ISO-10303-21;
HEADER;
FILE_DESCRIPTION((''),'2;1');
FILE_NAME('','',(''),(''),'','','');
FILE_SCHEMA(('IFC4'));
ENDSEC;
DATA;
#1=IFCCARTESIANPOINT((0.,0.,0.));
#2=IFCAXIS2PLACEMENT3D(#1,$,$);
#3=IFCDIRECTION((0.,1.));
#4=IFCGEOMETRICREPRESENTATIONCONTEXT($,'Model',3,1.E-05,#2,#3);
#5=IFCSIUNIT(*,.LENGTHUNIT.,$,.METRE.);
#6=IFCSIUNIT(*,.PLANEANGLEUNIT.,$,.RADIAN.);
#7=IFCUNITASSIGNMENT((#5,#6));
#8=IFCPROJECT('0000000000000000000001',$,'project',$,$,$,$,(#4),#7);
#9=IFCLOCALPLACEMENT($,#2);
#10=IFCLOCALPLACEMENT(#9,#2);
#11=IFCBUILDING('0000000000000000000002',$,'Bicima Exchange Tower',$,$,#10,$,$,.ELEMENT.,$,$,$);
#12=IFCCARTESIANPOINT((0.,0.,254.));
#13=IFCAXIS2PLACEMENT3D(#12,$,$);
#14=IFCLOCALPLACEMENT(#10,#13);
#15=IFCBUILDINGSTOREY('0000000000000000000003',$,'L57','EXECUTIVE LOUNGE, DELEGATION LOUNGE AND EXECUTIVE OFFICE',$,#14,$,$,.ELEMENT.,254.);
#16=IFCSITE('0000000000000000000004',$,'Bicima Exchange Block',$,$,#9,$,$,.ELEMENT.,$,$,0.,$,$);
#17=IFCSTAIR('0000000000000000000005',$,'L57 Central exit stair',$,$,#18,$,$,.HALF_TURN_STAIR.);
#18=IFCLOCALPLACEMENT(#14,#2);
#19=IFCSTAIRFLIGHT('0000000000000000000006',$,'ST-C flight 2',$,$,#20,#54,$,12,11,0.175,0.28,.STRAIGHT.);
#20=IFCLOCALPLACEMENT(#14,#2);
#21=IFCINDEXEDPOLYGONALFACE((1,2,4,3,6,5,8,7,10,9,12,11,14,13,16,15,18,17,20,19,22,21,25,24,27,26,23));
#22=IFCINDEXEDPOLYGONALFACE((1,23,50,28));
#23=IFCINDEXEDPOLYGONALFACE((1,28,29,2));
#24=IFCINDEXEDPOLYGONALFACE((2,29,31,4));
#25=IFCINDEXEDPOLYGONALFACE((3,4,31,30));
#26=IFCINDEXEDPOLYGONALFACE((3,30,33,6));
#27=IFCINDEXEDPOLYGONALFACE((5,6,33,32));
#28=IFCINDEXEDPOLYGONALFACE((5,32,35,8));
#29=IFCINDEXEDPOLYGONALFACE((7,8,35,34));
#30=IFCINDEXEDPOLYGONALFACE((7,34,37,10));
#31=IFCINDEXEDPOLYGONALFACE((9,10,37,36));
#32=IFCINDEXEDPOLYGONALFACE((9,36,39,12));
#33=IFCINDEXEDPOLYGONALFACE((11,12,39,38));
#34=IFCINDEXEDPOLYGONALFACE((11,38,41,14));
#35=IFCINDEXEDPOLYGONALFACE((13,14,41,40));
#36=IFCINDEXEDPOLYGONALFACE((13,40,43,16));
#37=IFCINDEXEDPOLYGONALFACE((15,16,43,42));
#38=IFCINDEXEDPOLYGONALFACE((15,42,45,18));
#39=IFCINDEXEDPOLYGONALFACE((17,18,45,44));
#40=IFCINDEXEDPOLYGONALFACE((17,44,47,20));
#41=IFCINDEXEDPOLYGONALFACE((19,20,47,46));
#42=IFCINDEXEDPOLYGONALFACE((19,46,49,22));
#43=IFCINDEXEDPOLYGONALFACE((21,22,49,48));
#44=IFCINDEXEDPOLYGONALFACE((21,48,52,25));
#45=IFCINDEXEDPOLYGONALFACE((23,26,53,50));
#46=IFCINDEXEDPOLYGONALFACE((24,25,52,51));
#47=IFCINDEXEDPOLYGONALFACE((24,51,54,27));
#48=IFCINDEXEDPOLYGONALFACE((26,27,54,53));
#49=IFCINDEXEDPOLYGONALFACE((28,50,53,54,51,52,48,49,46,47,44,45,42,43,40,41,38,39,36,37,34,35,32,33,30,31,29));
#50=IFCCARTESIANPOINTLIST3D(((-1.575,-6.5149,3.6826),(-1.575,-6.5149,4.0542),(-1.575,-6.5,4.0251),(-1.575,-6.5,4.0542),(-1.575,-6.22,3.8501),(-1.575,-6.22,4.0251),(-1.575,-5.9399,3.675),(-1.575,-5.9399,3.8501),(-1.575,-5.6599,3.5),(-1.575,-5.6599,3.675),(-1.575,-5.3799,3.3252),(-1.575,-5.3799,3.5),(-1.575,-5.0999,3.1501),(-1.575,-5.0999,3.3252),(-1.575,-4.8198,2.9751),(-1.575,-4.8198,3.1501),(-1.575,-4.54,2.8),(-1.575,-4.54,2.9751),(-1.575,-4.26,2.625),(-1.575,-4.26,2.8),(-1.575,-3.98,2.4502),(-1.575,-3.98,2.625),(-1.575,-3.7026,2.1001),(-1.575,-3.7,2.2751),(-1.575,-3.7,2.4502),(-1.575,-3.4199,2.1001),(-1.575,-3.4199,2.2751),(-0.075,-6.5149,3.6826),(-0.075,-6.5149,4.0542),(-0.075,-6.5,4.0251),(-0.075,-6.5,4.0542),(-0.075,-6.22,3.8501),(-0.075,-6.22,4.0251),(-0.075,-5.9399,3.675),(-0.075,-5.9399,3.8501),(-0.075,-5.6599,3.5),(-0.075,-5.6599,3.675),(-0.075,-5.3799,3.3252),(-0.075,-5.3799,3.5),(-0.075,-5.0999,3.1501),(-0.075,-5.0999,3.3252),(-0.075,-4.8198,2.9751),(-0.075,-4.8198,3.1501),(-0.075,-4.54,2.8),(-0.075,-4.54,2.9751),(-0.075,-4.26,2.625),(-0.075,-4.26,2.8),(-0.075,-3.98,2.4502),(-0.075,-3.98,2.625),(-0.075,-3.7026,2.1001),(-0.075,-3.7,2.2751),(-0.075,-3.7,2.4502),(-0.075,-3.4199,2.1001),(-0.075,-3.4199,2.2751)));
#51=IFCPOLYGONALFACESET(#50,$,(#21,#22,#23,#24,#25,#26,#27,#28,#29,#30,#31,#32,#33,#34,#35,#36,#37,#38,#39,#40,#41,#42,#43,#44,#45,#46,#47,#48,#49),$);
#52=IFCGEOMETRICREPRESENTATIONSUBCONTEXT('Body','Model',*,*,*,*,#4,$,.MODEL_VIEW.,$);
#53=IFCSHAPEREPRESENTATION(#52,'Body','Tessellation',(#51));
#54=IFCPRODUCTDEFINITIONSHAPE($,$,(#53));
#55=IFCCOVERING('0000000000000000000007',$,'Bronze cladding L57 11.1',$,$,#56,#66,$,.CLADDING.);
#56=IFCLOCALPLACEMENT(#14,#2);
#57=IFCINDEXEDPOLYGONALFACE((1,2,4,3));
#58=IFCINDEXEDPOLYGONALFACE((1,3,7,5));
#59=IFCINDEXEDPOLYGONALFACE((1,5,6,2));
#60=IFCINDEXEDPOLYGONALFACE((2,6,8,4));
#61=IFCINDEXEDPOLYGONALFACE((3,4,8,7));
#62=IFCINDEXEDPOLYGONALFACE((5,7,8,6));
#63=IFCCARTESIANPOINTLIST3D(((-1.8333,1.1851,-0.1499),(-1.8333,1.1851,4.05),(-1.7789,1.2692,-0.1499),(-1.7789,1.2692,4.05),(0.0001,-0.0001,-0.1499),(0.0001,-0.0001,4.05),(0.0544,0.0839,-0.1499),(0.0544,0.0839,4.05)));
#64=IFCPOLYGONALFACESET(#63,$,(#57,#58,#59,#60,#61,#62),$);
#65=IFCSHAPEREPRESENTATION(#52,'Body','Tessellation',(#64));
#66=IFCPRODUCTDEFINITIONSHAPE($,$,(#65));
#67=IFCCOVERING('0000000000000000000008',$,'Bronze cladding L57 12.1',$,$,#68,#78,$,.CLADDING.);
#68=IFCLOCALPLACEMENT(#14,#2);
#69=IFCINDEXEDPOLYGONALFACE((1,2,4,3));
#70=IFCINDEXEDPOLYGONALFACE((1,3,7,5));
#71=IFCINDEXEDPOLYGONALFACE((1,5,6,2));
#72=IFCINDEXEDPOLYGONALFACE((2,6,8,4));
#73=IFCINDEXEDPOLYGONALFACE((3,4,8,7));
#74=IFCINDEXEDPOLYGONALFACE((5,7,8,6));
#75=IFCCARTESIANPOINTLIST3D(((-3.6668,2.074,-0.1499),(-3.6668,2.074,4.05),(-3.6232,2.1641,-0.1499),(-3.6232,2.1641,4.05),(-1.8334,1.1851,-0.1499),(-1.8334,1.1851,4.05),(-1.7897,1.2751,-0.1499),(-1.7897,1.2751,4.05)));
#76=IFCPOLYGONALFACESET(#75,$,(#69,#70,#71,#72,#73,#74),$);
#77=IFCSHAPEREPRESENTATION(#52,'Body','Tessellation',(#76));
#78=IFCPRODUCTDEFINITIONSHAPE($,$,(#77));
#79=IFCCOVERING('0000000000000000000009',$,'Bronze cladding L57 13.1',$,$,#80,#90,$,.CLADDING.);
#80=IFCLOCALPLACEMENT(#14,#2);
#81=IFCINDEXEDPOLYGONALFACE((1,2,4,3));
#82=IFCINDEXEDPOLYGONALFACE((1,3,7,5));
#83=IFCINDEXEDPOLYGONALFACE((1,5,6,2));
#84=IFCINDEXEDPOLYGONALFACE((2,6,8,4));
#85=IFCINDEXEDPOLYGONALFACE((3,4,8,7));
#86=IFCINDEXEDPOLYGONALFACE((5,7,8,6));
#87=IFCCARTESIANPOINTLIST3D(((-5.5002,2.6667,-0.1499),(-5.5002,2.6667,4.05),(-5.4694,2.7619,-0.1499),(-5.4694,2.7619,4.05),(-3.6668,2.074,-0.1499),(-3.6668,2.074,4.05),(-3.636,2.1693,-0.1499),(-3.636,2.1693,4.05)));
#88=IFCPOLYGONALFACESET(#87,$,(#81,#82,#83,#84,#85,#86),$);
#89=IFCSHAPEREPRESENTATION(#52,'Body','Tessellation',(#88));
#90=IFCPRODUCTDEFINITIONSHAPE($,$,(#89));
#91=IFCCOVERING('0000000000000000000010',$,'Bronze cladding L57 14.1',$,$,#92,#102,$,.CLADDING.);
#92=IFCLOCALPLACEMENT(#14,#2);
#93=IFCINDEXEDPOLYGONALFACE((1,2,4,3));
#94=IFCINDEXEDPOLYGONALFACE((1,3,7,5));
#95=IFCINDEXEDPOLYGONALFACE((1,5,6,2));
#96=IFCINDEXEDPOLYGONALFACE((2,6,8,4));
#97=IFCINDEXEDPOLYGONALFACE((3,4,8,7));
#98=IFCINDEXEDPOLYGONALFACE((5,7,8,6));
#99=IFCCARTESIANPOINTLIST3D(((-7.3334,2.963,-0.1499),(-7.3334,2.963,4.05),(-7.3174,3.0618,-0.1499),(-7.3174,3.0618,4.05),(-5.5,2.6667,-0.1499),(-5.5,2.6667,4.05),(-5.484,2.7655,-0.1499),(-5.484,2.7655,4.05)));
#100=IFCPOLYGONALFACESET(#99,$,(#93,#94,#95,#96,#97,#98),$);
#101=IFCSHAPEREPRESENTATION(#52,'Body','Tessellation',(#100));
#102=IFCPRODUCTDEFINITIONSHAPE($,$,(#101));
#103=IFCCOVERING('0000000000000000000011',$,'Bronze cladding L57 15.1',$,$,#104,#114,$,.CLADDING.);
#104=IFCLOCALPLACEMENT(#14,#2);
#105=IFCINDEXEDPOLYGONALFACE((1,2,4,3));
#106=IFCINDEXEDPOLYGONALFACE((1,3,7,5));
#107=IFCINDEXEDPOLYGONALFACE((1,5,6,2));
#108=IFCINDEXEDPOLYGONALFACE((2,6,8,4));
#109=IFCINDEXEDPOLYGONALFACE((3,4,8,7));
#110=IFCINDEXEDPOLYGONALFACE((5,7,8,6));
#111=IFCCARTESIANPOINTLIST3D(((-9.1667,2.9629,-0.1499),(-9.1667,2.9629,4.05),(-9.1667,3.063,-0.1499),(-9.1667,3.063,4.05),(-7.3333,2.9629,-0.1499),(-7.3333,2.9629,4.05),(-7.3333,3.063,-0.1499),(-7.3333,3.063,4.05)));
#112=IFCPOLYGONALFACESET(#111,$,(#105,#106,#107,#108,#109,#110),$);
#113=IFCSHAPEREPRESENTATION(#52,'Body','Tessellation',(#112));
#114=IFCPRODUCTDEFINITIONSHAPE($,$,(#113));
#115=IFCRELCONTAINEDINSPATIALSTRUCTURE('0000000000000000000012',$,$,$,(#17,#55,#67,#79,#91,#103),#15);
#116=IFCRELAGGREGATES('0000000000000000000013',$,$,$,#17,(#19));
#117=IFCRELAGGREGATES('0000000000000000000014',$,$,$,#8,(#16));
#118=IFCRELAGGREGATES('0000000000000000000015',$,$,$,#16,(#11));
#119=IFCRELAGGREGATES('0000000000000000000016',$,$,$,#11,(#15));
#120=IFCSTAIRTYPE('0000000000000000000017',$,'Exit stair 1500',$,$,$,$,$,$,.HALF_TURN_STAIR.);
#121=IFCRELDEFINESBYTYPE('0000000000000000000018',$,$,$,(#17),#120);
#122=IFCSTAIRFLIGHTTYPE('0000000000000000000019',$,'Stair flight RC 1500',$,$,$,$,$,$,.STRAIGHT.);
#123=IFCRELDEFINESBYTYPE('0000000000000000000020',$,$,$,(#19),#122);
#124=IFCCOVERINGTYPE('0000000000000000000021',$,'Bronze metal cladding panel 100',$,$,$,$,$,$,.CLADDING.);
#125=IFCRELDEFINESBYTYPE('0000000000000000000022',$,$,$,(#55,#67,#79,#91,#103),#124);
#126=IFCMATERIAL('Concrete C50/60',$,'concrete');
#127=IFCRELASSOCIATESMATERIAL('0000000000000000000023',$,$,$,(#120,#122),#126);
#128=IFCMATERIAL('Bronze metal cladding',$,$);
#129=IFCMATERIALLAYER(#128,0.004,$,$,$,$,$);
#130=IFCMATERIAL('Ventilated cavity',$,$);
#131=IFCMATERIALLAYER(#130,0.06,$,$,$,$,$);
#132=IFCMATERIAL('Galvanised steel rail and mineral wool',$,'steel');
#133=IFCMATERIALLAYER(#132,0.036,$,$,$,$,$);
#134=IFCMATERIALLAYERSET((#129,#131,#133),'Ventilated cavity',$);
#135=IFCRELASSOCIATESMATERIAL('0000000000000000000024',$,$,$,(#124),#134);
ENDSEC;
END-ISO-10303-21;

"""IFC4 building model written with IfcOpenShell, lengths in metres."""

from ifc_helpers import new_model, si_unit, direction, frame, origin, origin_2d, place, context, subcontext, project, spatial, polyline, rectangle, outline, extrude, material, layer, layer_set, type_object, element, aggregate, save


model = new_model("IFC4")

# Units and contexts
model_context = context("Model", 3, precision=1e-05, world=origin(), true_north=direction((0.0, 1.0)))
body_context = subcontext(model_context, "Body", "Model", "MODEL_VIEW")
ifc_project = project(units=[si_unit("LENGTHUNIT", "METRE"), si_unit("PLANEANGLEUNIT", "RADIAN")], contexts=[model_context])

# Site, building, storey
site_placement = place(None, origin())
site = spatial("IfcSite", under=ifc_project, at=site_placement, Name="Bicima Exchange Block", CompositionType="ELEMENT", RefElevation=0.0)
building_placement = place(site_placement, origin())
building = spatial("IfcBuilding", under=site, at=building_placement, Name="Bicima Exchange Tower", CompositionType="ELEMENT")
storey_placement = place(building_placement, frame((0.0, 0.0, 254.0)))
storey = spatial("IfcBuildingStorey", under=building, at=storey_placement, Name="L57", Description="EXECUTIVE LOUNGE, DELEGATION LOUNGE AND EXECUTIVE OFFICE", CompositionType="ELEMENT", Elevation=254.0)

# Shared definitions
ifc_material_1 = material(Name="Concrete C50/60", Category="concrete")

# Stair, stair flight
stair_type = type_object("IfcStairType", Name="Exit stair 1500", PredefinedType="HALF_TURN_STAIR", material=ifc_material_1)
stair_placement = place(storey_placement, origin())
stair = element("IfcStair", 1, at=stair_placement, inside=storey, type_object=stair_type, Name="L57 Central exit stair", PredefinedType="HALF_TURN_STAIR")
stair_flight_type = type_object("IfcStairFlightType", Name="Stair flight RC 1500", PredefinedType="STRAIGHT", material=ifc_material_1)
stair_flight_placement = place(storey_placement, frame((-0.825, -3.4199, 2.1001), z_axis=(0.0, 0.0, 1.0), x_axis=(0.0, -1.0, 0.0)))
stair_flight = element("IfcStairFlight", 2, at=stair_flight_placement, type_object=stair_flight_type, Name="ST-C flight 2", NumberOfRisers=12, NumberOfTreads=11, PredefinedType="STRAIGHT", RiserHeight=0.175, TreadLength=0.28, context=body_context, shape_type="SweptSolid", body=[
    extrude(outline(polyline([(0.0, 0.0), (0.0, 0.175), (0.28, 0.175), (0.28, 0.3501), (0.5601, 0.3501), (0.5601, 0.5249), (0.8401, 0.5249), (0.8401, 0.7), (1.1201, 0.7), (1.1201, 0.875), (1.3999, 0.875), (1.3999, 1.05), (1.6799, 1.05), (1.6799, 1.2251), (1.96, 1.2251), (1.96, 1.3999), (2.24, 1.3999), (2.24, 1.575), (2.52, 1.575), (2.52, 1.75), (2.8, 1.75), (2.8, 1.925), (3.0801, 1.925), (3.0801, 1.9541), (3.095, 1.9541), (3.095, 1.5825), (0.2827, 0.0), (0.0, 0.0)])), frame((0.0, 0.75, 0.0), z_axis=(0.0, -1.0, 0.0), x_axis=(1.0, 0.0, 0.0)), (0.0, 0.0, 1.0), 1.5),
])
aggregate(stair, [stair_flight])

# Coverings
ifc_material_2 = material(Name="Bronze metal cladding")
ifc_layer_1 = layer(ifc_material_2, 0.004)
ifc_material_3 = material(Name="Ventilated cavity")
ifc_layer_2 = layer(ifc_material_3, 0.06)
ifc_material_4 = material(Name="Galvanised steel rail and mineral wool", Category="steel")
ifc_layer_3 = layer(ifc_material_4, 0.036)
ifc_layer_set_1 = layer_set([ifc_layer_1, ifc_layer_2, ifc_layer_3], Name="Ventilated cavity")
covering_type = type_object("IfcCoveringType", Name="Bronze metal cladding panel 100", PredefinedType="CLADDING", material=ifc_layer_set_1)
covering_1_placement = place(storey_placement, frame((-0.8894, 0.6345, -0.1499), z_axis=(0.0, 0.0, 1.0), x_axis=(-0.83979, 0.542911, 0.0)))
element("IfcCovering", 3, at=covering_1_placement, inside=storey, type_object=covering_type, Name="Bronze cladding L57 11.1", PredefinedType="CLADDING", context=body_context, shape_type="SweptSolid", body=[
    extrude(rectangle(XDim=2.1831, YDim=0.1001, at=origin_2d()), origin(), (0.0, 0.0, 1.0), 4.2),
])
covering_2_placement = place(storey_placement, frame((-2.7283, 1.6746, -0.1499), z_axis=(0.0, 0.0, 1.0), x_axis=(-0.899818, 0.436265, 0.0)))
element("IfcCovering", 4, at=covering_2_placement, inside=storey, type_object=covering_type, Name="Bronze cladding L57 12.1", PredefinedType="CLADDING", context=body_context, shape_type="SweptSolid", body=[
    extrude(rectangle(XDim=2.0376, YDim=0.1001, at=origin_2d()), origin(), (0.0, 0.0, 1.0), 4.2),
])
covering_3_placement = place(storey_placement, frame((-4.5681, 2.418, -0.1499), z_axis=(0.0, 0.0, 1.0), x_axis=(-0.951525, 0.307573, 0.0)))
element("IfcCovering", 5, at=covering_3_placement, inside=storey, type_object=covering_type, Name="Bronze cladding L57 13.1", PredefinedType="CLADDING", context=body_context, shape_type="SweptSolid", body=[
    extrude(rectangle(XDim=1.9268, YDim=0.1001, at=origin_2d()), origin(), (0.0, 0.0, 1.0), 4.2),
])
covering_4_placement = place(storey_placement, frame((-6.4087, 2.8643, -0.1499), z_axis=(0.0, 0.0, 1.0), x_axis=(-0.98719, 0.15955, 0.0)))
element("IfcCovering", 6, at=covering_4_placement, inside=storey, type_object=covering_type, Name="Bronze cladding L57 14.1", PredefinedType="CLADDING", context=body_context, shape_type="SweptSolid", body=[
    extrude(rectangle(XDim=1.8572, YDim=0.1001, at=origin_2d()), origin(), (0.0, 0.0, 1.0), 4.2),
])
covering_5_placement = place(storey_placement, frame((-8.25, 3.0129, -0.1499), z_axis=(0.0, 0.0, 1.0), x_axis=(-1.0, 0.0, 0.0)))
element("IfcCovering", 7, at=covering_5_placement, inside=storey, type_object=covering_type, Name="Bronze cladding L57 15.1", PredefinedType="CLADDING", context=body_context, shape_type="SweptSolid", body=[
    extrude(rectangle(XDim=1.8335, YDim=0.1001, at=origin_2d()), origin(), (0.0, 0.0, 1.0), 4.2),
])

save(model, "model.ifc")
